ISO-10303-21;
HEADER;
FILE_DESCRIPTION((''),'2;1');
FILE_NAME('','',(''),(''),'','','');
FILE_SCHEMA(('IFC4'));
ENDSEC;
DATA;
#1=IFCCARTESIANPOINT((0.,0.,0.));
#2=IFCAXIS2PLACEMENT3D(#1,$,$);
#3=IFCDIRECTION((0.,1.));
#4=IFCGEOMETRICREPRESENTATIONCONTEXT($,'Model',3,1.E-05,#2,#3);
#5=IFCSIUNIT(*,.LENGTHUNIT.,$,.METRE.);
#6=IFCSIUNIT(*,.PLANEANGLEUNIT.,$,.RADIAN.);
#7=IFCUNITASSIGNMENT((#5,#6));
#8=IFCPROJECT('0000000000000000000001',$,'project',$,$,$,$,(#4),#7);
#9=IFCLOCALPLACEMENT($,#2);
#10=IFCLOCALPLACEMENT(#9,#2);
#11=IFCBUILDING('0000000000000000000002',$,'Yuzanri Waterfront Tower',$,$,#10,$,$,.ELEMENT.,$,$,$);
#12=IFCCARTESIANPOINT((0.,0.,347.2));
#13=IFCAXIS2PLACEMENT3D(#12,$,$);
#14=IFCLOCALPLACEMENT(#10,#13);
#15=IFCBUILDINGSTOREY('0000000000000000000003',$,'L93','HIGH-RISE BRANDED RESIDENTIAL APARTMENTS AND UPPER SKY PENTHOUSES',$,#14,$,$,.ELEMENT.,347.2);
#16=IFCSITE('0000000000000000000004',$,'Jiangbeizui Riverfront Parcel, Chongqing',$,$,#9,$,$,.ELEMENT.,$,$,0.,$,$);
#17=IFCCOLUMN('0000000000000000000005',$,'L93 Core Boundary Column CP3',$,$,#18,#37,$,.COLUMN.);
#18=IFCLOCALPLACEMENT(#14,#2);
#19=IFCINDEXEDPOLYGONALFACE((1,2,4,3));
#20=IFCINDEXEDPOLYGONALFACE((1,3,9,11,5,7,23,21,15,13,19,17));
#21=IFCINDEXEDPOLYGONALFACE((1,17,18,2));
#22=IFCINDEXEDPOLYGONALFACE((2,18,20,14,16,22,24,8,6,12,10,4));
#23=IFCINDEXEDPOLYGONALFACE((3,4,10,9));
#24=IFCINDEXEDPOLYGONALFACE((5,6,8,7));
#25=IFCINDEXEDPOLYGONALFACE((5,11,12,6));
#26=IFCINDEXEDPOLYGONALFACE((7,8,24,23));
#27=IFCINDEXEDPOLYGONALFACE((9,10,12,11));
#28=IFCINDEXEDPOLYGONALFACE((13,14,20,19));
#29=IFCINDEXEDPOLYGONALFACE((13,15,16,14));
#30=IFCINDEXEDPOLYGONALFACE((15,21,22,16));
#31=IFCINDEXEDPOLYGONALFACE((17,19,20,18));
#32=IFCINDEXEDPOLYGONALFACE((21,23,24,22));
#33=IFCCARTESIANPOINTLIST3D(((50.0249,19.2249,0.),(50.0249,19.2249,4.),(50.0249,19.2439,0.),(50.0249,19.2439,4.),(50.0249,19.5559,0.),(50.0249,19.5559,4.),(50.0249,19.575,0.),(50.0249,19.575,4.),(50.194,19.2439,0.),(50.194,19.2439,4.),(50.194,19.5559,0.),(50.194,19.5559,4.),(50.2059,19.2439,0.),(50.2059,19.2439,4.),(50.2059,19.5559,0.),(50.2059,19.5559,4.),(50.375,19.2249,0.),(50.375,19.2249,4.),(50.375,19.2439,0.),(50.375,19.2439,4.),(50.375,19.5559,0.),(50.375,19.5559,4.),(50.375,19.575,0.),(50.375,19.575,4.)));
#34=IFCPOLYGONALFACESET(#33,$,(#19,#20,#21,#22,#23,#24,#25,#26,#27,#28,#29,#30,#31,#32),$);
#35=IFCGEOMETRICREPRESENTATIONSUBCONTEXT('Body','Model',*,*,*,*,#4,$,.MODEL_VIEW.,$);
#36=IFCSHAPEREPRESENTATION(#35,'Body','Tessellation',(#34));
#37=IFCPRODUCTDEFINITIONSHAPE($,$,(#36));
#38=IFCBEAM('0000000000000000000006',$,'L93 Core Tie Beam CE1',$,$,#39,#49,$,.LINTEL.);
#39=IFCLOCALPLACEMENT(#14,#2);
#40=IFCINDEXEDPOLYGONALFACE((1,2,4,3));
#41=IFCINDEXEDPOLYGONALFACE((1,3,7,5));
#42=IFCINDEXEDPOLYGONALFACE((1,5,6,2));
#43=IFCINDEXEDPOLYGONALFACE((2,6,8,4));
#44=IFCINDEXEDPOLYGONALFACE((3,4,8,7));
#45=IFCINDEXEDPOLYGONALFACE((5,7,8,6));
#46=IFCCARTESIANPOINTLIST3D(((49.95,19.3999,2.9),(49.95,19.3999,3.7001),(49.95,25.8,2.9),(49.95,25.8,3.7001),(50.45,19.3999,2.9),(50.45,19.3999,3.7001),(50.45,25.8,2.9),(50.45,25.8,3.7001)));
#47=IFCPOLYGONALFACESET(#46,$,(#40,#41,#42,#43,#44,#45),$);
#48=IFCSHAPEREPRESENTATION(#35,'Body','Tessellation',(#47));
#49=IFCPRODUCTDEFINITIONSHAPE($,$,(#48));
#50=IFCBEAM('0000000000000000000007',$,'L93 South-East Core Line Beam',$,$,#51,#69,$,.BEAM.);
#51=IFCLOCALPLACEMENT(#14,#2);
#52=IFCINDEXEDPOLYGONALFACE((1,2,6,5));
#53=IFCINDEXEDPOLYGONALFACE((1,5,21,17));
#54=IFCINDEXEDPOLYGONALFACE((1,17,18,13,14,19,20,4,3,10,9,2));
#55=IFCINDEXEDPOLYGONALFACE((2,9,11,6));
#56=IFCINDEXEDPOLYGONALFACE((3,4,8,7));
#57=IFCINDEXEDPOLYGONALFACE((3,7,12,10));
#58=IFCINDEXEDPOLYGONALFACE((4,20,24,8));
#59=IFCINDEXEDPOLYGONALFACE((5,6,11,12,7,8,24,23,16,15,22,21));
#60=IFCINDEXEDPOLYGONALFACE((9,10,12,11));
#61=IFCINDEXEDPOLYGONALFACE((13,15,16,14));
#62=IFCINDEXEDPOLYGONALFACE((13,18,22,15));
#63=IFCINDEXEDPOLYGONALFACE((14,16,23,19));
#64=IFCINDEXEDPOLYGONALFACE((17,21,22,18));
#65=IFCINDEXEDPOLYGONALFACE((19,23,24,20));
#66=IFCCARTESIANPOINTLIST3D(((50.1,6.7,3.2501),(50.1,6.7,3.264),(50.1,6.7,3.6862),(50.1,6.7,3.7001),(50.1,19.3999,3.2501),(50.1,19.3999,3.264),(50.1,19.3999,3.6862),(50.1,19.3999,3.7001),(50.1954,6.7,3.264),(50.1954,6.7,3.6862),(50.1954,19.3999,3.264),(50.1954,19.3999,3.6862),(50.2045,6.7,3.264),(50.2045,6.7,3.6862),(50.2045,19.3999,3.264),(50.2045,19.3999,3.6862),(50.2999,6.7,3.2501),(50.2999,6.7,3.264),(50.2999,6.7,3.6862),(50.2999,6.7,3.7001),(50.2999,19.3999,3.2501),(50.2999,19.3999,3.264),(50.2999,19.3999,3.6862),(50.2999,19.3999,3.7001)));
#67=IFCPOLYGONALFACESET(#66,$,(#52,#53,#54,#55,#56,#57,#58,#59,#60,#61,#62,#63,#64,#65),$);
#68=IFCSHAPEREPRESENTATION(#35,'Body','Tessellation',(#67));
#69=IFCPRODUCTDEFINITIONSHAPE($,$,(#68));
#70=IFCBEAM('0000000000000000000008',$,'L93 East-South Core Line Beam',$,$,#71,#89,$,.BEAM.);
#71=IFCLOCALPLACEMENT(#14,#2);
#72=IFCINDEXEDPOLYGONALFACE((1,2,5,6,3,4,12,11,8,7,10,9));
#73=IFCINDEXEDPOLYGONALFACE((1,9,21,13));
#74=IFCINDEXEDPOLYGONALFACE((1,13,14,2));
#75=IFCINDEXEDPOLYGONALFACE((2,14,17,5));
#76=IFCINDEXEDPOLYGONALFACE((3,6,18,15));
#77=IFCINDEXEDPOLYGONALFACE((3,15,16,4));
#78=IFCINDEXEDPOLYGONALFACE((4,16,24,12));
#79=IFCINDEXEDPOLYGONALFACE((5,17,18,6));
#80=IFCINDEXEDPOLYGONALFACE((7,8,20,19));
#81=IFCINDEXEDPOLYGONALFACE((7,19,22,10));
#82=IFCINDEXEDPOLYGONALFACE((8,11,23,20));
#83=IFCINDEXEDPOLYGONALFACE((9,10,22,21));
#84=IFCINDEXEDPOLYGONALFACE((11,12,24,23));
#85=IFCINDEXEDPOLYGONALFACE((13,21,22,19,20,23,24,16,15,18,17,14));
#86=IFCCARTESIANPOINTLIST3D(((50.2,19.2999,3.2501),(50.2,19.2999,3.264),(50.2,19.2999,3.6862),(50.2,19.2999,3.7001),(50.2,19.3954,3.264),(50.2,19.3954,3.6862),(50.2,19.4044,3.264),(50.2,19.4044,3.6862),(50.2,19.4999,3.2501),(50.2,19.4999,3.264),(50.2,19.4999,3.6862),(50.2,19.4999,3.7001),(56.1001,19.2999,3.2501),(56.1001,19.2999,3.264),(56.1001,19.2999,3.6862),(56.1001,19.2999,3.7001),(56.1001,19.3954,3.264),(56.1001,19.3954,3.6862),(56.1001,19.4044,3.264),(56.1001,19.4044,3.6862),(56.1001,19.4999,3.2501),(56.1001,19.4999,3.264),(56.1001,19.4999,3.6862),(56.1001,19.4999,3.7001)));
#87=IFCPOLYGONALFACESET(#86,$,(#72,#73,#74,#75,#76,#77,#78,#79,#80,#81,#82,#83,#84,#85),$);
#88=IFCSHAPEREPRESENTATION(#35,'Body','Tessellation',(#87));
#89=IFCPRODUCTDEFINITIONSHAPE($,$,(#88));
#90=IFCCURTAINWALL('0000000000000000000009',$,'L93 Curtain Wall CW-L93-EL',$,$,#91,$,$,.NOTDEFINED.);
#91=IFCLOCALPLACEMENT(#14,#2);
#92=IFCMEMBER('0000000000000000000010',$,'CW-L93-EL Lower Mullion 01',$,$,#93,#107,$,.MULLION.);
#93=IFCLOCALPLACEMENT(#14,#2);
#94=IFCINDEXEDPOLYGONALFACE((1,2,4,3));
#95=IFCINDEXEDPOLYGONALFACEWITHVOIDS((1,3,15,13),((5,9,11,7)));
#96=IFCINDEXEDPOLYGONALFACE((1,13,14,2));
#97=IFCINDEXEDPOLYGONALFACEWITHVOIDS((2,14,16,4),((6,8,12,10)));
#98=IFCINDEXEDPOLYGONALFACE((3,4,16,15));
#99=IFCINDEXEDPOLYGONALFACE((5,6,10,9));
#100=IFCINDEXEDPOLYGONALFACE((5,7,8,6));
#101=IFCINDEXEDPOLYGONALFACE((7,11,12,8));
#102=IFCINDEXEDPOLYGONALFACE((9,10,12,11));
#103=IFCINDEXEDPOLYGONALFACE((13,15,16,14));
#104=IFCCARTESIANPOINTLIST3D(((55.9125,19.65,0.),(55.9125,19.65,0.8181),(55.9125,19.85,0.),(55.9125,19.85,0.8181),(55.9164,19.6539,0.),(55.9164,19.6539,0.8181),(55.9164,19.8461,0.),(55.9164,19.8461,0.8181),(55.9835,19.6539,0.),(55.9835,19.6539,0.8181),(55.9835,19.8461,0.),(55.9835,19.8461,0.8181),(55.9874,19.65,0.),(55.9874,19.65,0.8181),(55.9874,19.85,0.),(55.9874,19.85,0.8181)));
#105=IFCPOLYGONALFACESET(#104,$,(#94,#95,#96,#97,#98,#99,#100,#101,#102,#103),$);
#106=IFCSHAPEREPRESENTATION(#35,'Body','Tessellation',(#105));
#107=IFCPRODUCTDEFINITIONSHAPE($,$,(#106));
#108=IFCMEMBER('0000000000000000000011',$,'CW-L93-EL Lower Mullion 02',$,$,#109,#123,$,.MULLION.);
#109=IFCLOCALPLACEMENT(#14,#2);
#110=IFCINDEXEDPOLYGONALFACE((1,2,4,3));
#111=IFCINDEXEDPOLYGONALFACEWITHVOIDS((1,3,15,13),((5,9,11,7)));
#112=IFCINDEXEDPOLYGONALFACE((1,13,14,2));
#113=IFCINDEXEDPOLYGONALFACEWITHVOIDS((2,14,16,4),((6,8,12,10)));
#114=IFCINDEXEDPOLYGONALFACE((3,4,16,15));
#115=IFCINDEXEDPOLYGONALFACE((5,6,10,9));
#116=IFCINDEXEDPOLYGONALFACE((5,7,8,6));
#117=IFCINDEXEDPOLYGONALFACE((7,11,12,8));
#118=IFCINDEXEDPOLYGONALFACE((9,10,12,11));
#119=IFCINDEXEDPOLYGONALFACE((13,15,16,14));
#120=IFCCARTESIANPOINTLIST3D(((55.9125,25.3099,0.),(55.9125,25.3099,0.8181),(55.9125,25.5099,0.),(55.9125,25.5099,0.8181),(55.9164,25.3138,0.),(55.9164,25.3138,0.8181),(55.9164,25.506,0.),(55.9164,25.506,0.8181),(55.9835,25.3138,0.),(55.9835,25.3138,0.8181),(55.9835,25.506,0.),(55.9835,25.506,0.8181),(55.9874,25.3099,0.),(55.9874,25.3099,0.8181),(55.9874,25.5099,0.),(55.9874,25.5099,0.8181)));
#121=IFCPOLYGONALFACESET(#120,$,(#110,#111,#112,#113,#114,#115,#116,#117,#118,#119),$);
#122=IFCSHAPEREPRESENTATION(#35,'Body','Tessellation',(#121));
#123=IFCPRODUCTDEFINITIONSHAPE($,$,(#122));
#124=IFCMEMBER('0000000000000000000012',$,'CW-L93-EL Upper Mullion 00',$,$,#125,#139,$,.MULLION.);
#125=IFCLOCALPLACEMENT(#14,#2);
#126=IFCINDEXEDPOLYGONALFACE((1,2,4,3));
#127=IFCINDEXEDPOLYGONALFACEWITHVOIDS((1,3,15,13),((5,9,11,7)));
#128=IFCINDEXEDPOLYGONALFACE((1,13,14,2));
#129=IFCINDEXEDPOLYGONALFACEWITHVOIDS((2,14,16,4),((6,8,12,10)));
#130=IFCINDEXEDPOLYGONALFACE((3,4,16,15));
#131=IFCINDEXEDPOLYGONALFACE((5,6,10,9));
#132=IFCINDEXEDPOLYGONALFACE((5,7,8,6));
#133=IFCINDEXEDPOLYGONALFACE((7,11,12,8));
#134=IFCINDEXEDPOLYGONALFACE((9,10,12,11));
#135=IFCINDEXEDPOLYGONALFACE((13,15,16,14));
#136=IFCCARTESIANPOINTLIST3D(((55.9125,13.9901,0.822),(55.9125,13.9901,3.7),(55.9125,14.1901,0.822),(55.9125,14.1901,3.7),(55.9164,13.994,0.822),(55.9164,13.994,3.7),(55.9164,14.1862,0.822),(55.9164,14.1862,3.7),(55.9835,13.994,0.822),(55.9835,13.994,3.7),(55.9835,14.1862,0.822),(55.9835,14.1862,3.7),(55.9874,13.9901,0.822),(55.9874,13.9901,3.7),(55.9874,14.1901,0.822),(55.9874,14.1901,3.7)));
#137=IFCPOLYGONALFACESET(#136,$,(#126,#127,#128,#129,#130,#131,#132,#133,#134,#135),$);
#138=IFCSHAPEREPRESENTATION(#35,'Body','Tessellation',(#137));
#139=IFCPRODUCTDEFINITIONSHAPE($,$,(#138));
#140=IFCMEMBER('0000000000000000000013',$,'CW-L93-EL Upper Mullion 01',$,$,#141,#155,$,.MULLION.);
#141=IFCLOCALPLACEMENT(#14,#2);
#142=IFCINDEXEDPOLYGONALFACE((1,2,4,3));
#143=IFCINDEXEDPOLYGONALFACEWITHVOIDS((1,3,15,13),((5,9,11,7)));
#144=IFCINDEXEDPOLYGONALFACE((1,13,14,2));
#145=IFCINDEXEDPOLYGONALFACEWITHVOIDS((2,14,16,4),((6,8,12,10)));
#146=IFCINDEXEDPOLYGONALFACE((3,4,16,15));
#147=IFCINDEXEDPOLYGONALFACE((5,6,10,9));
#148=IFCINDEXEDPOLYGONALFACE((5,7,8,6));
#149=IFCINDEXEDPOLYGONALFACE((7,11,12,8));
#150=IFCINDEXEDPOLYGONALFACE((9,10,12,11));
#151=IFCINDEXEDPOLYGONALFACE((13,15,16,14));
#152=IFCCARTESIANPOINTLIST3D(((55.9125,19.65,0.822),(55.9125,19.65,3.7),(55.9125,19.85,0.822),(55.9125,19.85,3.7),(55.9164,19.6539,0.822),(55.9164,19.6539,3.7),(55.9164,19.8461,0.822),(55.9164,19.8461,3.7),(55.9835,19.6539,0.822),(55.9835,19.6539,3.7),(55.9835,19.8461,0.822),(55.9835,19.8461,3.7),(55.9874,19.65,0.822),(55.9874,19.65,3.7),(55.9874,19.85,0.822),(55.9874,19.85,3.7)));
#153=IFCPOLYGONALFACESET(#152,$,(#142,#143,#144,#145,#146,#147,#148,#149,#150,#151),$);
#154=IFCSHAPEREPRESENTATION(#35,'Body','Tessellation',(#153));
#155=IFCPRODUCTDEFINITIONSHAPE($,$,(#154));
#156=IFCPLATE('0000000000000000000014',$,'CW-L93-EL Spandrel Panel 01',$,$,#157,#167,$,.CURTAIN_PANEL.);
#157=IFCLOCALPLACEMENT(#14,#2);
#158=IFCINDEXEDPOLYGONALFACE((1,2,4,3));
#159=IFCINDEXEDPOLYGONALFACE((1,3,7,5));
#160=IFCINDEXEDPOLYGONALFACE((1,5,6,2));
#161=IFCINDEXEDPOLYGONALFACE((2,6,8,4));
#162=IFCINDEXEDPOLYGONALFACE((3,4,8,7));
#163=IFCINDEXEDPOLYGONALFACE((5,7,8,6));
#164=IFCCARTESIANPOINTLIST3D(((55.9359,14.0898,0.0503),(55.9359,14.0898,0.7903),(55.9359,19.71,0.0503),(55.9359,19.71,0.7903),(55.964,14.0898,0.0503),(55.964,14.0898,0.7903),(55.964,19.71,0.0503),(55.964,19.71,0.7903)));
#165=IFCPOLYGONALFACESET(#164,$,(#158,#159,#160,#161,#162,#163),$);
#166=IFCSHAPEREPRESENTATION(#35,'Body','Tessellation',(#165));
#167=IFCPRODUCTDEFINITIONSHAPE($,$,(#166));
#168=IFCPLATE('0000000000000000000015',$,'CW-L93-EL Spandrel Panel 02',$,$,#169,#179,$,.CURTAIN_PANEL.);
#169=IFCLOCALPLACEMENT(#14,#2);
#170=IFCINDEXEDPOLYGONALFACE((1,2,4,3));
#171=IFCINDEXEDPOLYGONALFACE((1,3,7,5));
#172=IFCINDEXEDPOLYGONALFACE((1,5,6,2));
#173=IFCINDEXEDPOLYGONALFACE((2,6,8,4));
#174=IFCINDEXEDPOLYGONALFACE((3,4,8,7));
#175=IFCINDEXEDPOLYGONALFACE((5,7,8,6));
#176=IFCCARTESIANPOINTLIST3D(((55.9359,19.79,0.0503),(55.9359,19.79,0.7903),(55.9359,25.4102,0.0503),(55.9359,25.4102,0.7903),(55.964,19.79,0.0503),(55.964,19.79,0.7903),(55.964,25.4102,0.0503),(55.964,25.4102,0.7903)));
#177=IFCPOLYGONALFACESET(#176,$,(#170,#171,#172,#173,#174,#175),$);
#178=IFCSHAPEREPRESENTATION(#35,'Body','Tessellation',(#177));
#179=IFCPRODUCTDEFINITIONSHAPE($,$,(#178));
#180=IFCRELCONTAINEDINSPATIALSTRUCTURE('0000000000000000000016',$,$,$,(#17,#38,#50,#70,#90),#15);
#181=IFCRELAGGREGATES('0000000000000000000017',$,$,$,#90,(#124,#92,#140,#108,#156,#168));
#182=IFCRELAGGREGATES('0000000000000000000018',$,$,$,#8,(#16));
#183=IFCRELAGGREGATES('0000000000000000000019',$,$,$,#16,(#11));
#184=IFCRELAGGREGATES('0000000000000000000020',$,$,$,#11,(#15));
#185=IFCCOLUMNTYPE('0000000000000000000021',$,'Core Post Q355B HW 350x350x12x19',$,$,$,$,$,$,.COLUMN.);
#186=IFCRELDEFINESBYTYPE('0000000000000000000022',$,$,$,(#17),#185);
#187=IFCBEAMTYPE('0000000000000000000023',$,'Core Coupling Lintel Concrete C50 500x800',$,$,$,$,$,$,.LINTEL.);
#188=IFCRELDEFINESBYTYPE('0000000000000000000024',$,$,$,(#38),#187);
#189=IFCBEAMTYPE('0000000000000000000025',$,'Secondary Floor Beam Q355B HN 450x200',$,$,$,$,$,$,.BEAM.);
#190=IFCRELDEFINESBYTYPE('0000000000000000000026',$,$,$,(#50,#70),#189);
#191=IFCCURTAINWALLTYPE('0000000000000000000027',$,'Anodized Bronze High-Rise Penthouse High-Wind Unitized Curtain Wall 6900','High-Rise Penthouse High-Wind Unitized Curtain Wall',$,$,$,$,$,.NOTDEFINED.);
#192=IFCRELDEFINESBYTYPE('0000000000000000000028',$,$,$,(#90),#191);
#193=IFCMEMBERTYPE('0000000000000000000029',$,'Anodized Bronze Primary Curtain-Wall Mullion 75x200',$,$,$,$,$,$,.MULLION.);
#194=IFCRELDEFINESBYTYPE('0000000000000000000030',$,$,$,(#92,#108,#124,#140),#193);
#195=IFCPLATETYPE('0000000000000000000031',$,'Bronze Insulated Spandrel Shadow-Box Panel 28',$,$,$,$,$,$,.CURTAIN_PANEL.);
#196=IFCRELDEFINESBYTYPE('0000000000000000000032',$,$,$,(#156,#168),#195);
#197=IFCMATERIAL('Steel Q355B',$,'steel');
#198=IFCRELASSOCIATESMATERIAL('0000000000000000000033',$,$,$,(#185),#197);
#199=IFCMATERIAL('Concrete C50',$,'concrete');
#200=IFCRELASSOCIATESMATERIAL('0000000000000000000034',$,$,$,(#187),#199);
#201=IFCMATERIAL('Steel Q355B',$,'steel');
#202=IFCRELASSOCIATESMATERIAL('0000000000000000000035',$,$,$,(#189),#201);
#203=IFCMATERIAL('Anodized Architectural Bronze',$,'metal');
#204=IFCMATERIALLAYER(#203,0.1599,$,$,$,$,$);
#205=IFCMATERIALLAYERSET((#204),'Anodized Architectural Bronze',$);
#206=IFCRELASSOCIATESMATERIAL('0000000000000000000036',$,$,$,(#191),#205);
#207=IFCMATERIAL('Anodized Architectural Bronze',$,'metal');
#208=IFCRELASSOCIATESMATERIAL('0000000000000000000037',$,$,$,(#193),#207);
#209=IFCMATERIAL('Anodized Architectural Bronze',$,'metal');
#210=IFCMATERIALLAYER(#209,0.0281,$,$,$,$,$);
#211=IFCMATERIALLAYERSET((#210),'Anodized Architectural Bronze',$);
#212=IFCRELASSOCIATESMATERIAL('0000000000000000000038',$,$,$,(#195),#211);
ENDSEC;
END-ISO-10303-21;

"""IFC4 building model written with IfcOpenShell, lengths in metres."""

from ifc_helpers import new_model, si_unit, direction, frame, origin, origin_2d, place, context, subcontext, project, spatial, rectangle, hollow_rectangle, i_section, extrude, source, transform, mapped, material, layer, layer_set, material_profile, profile_set, type_object, element, aggregate, save


model = new_model("IFC4")

# Units and contexts
model_context = context("Model", 3, precision=1e-05, world=origin(), true_north=direction((0.0, 1.0)))
body_context = subcontext(model_context, "Body", "Model", "MODEL_VIEW")
ifc_project = project(units=[si_unit("LENGTHUNIT", "METRE"), si_unit("PLANEANGLEUNIT", "RADIAN")], contexts=[model_context])

# Site, building, storey
site_placement = place(None, origin())
site = spatial("IfcSite", under=ifc_project, at=site_placement, Name="Jiangbeizui Riverfront Parcel, Chongqing", CompositionType="ELEMENT", RefElevation=0.0)
building_placement = place(site_placement, origin())
building = spatial("IfcBuilding", under=site, at=building_placement, Name="Yuzanri Waterfront Tower", CompositionType="ELEMENT")
storey_placement = place(building_placement, frame((0.0, 0.0, 347.2)))
storey = spatial("IfcBuildingStorey", under=building, at=storey_placement, Name="L93", Description="HIGH-RISE BRANDED RESIDENTIAL APARTMENTS AND UPPER SKY PENTHOUSES", CompositionType="ELEMENT", Elevation=347.2)

# Column
ifc_material_1 = material(Name="Steel Q355B", Category="steel")
ifc_material_profile_1 = material_profile(ifc_material_1, i_section(OverallWidth=0.3501, OverallDepth=0.3501, WebThickness=0.012, FlangeThickness=0.019, at=origin_2d()), Name="HW 350x350x12x19")
ifc_profile_set_1 = profile_set([ifc_material_profile_1], Name="Steel Q355B")
column_type = type_object("IfcColumnType", Name="Core Post Q355B HW 350x350x12x19", PredefinedType="COLUMN", material=ifc_profile_set_1)
shared_shape_1 = source(origin(), body_context, "Body", "SweptSolid", [
    extrude(i_section(OverallWidth=0.3501, OverallDepth=0.3501, WebThickness=0.012, FlangeThickness=0.019, at=origin_2d()), origin(), (0.0, 0.0, 1.0), 4.0),
])
column_placement = place(storey_placement, frame((50.2, 19.3999, 0.0), z_axis=(0.0, 0.0, 1.0), x_axis=(1.0, 0.0, 0.0)))
element("IfcColumn", 1, at=column_placement, inside=storey, type_object=column_type, Name="L93 Core Boundary Column CP3", PredefinedType="COLUMN", context=body_context, shape_type="MappedRepresentation", body=[
    mapped(shared_shape_1, transform((0.0, 0.0, 0.0), scale=1.0)),
])

# Beams
ifc_material_2 = material(Name="Concrete C50", Category="concrete")
ifc_material_profile_2 = material_profile(ifc_material_2, rectangle(XDim=0.5, YDim=0.8, at=origin_2d()), Name="RC 500x800")
ifc_profile_set_2 = profile_set([ifc_material_profile_2], Name="Concrete C50")
beam_type_1 = type_object("IfcBeamType", Name="Core Coupling Lintel Concrete C50 500x800", PredefinedType="LINTEL", material=ifc_profile_set_2)
shared_shape_2 = source(origin(), body_context, "Body", "SweptSolid", [
    extrude(rectangle(XDim=0.5, YDim=0.8, at=origin_2d()), origin(), (0.0, 0.0, 1.0), 6.4001),
])
beam_1_placement = place(storey_placement, frame((50.2, 19.3999, 3.3), z_axis=(0.0, 1.0, 0.0), x_axis=(-1.0, 0.0, 0.0)))
element("IfcBeam", 2, at=beam_1_placement, inside=storey, type_object=beam_type_1, Name="L93 Core Tie Beam CE1", PredefinedType="LINTEL", context=body_context, shape_type="MappedRepresentation", body=[
    mapped(shared_shape_2, transform((0.0, 0.0, 0.0), scale=1.0)),
])
ifc_material_3 = material(Name="Steel Q355B", Category="steel")
ifc_material_profile_3 = material_profile(ifc_material_3, i_section(OverallWidth=0.2, OverallDepth=0.45, WebThickness=0.009, FlangeThickness=0.0139, at=origin_2d()), Name="HN 450x200x9x14")
ifc_profile_set_3 = profile_set([ifc_material_profile_3], Name="Steel Q355B")
beam_type_2 = type_object("IfcBeamType", Name="Secondary Floor Beam Q355B HN 450x200", PredefinedType="BEAM", material=ifc_profile_set_3)
shared_shape_3 = source(origin(), body_context, "Body", "SweptSolid", [
    extrude(i_section(OverallWidth=0.2, OverallDepth=0.45, WebThickness=0.009, FlangeThickness=0.0139, at=origin_2d()), origin(), (0.0, 0.0, 1.0), 12.7),
])
beam_2_placement = place(storey_placement, frame((50.2, 19.3999, 3.4751), z_axis=(0.0, -1.0, 0.0), x_axis=(1.0, 0.0, 0.0)))
element("IfcBeam", 3, at=beam_2_placement, inside=storey, type_object=beam_type_2, Name="L93 South-East Core Line Beam", PredefinedType="BEAM", context=body_context, shape_type="MappedRepresentation", body=[
    mapped(shared_shape_3, transform((0.0, 0.0, 0.0), scale=1.0)),
])
shared_shape_4 = source(origin(), body_context, "Body", "SweptSolid", [
    extrude(i_section(OverallWidth=0.2, OverallDepth=0.45, WebThickness=0.009, FlangeThickness=0.0139, at=origin_2d()), origin(), (0.0, 0.0, 1.0), 5.9001),
])
beam_3_placement = place(storey_placement, frame((50.2, 19.3999, 3.4751), z_axis=(1.0, 0.0, 0.0), x_axis=(0.0, 1.0, 0.0)))
element("IfcBeam", 4, at=beam_3_placement, inside=storey, type_object=beam_type_2, Name="L93 East-South Core Line Beam", PredefinedType="BEAM", context=body_context, shape_type="MappedRepresentation", body=[
    mapped(shared_shape_4, transform((0.0, 0.0, 0.0), scale=1.0)),
])

# Curtain wall, members, plates
ifc_material_4 = material(Name="Anodized Architectural Bronze", Category="metal")
ifc_layer_1 = layer(ifc_material_4, 0.1599)
ifc_layer_set_1 = layer_set([ifc_layer_1], Name="Anodized Architectural Bronze")
curtain_wall_type = type_object("IfcCurtainWallType", Name="Anodized Bronze High-Rise Penthouse High-Wind Unitized Curtain Wall 6900", Description="High-Rise Penthouse High-Wind Unitized Curtain Wall", PredefinedType="NOTDEFINED", material=ifc_layer_set_1)
curtain_wall_placement = place(storey_placement, origin())
curtain_wall = element("IfcCurtainWall", 5, at=curtain_wall_placement, inside=storey, type_object=curtain_wall_type, Name="L93 Curtain Wall CW-L93-EL", PredefinedType="NOTDEFINED")
ifc_material_5 = material(Name="Anodized Architectural Bronze", Category="metal")
ifc_material_profile_4 = material_profile(ifc_material_5, hollow_rectangle(XDim=0.075, YDim=0.2, WallThickness=0.0039, at=origin_2d()), Name="CWM 75x200")
ifc_profile_set_4 = profile_set([ifc_material_profile_4], Name="Anodized Architectural Bronze")
member_type = type_object("IfcMemberType", Name="Anodized Bronze Primary Curtain-Wall Mullion 75x200", PredefinedType="MULLION", material=ifc_profile_set_4)
shared_shape_5 = source(origin(), body_context, "Body", "SweptSolid", [
    extrude(hollow_rectangle(XDim=0.075, YDim=0.2, WallThickness=0.0039, at=origin_2d()), origin(), (0.0, 0.0, 1.0), 0.8181),
])
member_1_placement = place(storey_placement, frame((55.95, 19.75, 0.0), z_axis=(0.0, 0.0, 1.0), x_axis=(1.0, 0.0, 0.0)))
member_1 = element("IfcMember", 6, at=member_1_placement, type_object=member_type, Name="CW-L93-EL Lower Mullion 01", PredefinedType="MULLION", context=body_context, shape_type="MappedRepresentation", body=[
    mapped(shared_shape_5, transform((0.0, 0.0, 0.0), scale=1.0)),
])
member_2_placement = place(storey_placement, frame((55.95, 25.4099, 0.0), z_axis=(0.0, 0.0, 1.0), x_axis=(1.0, 0.0, 0.0)))
member_2 = element("IfcMember", 7, at=member_2_placement, type_object=member_type, Name="CW-L93-EL Lower Mullion 02", PredefinedType="MULLION", context=body_context, shape_type="MappedRepresentation", body=[
    mapped(shared_shape_5, transform((0.0, 0.0, 0.0), scale=1.0)),
])
shared_shape_6 = source(origin(), body_context, "Body", "SweptSolid", [
    extrude(hollow_rectangle(XDim=0.075, YDim=0.2, WallThickness=0.0039, at=origin_2d()), origin(), (0.0, 0.0, 1.0), 2.8779),
])
member_3_placement = place(storey_placement, frame((55.95, 14.0901, 0.822), z_axis=(0.0, 0.0, 1.0), x_axis=(1.0, 0.0, 0.0)))
member_3 = element("IfcMember", 8, at=member_3_placement, type_object=member_type, Name="CW-L93-EL Upper Mullion 00", PredefinedType="MULLION", context=body_context, shape_type="MappedRepresentation", body=[
    mapped(shared_shape_6, transform((0.0, 0.0, 0.0), scale=1.0)),
])
member_4_placement = place(storey_placement, frame((55.95, 19.75, 0.822), z_axis=(0.0, 0.0, 1.0), x_axis=(1.0, 0.0, 0.0)))
member_4 = element("IfcMember", 9, at=member_4_placement, type_object=member_type, Name="CW-L93-EL Upper Mullion 01", PredefinedType="MULLION", context=body_context, shape_type="MappedRepresentation", body=[
    mapped(shared_shape_6, transform((0.0, 0.0, 0.0), scale=1.0)),
])
ifc_material_6 = material(Name="Anodized Architectural Bronze", Category="metal")
ifc_layer_2 = layer(ifc_material_6, 0.0281)
ifc_layer_set_2 = layer_set([ifc_layer_2], Name="Anodized Architectural Bronze")
plate_type_1 = type_object("IfcPlateType", Name="Bronze Insulated Spandrel Shadow-Box Panel 28", PredefinedType="CURTAIN_PANEL", material=ifc_layer_set_2)
shared_shape_7 = source(origin(), body_context, "Body", "SweptSolid", [
    extrude(rectangle(XDim=5.6201, YDim=0.0281, at=origin_2d()), origin(), (0.0, 0.0, 1.0), 0.74),
])
plate_1_placement = place(storey_placement, frame((55.95, 16.8999, 0.0503), z_axis=(0.0, 0.0, 1.0), x_axis=(0.0, 1.0, 0.0)))
plate_1 = element("IfcPlate", 10, at=plate_1_placement, type_object=plate_type_1, Name="CW-L93-EL Spandrel Panel 01", PredefinedType="CURTAIN_PANEL", context=body_context, shape_type="MappedRepresentation", body=[
    mapped(shared_shape_7, transform((0.0, 0.0, 0.0), scale=1.0)),
])
plate_2_placement = place(storey_placement, frame((55.95, 22.6001, 0.0503), z_axis=(0.0, 0.0, 1.0), x_axis=(0.0, 1.0, 0.0)))
plate_2 = element("IfcPlate", 11, at=plate_2_placement, type_object=plate_type_1, Name="CW-L93-EL Spandrel Panel 02", PredefinedType="CURTAIN_PANEL", context=body_context, shape_type="MappedRepresentation", body=[
    mapped(shared_shape_7, transform((0.0, 0.0, 0.0), scale=1.0)),
])
aggregate(curtain_wall, [member_3, member_1, member_4, member_2, plate_1, plate_2])

save(model, "model.ifc")
